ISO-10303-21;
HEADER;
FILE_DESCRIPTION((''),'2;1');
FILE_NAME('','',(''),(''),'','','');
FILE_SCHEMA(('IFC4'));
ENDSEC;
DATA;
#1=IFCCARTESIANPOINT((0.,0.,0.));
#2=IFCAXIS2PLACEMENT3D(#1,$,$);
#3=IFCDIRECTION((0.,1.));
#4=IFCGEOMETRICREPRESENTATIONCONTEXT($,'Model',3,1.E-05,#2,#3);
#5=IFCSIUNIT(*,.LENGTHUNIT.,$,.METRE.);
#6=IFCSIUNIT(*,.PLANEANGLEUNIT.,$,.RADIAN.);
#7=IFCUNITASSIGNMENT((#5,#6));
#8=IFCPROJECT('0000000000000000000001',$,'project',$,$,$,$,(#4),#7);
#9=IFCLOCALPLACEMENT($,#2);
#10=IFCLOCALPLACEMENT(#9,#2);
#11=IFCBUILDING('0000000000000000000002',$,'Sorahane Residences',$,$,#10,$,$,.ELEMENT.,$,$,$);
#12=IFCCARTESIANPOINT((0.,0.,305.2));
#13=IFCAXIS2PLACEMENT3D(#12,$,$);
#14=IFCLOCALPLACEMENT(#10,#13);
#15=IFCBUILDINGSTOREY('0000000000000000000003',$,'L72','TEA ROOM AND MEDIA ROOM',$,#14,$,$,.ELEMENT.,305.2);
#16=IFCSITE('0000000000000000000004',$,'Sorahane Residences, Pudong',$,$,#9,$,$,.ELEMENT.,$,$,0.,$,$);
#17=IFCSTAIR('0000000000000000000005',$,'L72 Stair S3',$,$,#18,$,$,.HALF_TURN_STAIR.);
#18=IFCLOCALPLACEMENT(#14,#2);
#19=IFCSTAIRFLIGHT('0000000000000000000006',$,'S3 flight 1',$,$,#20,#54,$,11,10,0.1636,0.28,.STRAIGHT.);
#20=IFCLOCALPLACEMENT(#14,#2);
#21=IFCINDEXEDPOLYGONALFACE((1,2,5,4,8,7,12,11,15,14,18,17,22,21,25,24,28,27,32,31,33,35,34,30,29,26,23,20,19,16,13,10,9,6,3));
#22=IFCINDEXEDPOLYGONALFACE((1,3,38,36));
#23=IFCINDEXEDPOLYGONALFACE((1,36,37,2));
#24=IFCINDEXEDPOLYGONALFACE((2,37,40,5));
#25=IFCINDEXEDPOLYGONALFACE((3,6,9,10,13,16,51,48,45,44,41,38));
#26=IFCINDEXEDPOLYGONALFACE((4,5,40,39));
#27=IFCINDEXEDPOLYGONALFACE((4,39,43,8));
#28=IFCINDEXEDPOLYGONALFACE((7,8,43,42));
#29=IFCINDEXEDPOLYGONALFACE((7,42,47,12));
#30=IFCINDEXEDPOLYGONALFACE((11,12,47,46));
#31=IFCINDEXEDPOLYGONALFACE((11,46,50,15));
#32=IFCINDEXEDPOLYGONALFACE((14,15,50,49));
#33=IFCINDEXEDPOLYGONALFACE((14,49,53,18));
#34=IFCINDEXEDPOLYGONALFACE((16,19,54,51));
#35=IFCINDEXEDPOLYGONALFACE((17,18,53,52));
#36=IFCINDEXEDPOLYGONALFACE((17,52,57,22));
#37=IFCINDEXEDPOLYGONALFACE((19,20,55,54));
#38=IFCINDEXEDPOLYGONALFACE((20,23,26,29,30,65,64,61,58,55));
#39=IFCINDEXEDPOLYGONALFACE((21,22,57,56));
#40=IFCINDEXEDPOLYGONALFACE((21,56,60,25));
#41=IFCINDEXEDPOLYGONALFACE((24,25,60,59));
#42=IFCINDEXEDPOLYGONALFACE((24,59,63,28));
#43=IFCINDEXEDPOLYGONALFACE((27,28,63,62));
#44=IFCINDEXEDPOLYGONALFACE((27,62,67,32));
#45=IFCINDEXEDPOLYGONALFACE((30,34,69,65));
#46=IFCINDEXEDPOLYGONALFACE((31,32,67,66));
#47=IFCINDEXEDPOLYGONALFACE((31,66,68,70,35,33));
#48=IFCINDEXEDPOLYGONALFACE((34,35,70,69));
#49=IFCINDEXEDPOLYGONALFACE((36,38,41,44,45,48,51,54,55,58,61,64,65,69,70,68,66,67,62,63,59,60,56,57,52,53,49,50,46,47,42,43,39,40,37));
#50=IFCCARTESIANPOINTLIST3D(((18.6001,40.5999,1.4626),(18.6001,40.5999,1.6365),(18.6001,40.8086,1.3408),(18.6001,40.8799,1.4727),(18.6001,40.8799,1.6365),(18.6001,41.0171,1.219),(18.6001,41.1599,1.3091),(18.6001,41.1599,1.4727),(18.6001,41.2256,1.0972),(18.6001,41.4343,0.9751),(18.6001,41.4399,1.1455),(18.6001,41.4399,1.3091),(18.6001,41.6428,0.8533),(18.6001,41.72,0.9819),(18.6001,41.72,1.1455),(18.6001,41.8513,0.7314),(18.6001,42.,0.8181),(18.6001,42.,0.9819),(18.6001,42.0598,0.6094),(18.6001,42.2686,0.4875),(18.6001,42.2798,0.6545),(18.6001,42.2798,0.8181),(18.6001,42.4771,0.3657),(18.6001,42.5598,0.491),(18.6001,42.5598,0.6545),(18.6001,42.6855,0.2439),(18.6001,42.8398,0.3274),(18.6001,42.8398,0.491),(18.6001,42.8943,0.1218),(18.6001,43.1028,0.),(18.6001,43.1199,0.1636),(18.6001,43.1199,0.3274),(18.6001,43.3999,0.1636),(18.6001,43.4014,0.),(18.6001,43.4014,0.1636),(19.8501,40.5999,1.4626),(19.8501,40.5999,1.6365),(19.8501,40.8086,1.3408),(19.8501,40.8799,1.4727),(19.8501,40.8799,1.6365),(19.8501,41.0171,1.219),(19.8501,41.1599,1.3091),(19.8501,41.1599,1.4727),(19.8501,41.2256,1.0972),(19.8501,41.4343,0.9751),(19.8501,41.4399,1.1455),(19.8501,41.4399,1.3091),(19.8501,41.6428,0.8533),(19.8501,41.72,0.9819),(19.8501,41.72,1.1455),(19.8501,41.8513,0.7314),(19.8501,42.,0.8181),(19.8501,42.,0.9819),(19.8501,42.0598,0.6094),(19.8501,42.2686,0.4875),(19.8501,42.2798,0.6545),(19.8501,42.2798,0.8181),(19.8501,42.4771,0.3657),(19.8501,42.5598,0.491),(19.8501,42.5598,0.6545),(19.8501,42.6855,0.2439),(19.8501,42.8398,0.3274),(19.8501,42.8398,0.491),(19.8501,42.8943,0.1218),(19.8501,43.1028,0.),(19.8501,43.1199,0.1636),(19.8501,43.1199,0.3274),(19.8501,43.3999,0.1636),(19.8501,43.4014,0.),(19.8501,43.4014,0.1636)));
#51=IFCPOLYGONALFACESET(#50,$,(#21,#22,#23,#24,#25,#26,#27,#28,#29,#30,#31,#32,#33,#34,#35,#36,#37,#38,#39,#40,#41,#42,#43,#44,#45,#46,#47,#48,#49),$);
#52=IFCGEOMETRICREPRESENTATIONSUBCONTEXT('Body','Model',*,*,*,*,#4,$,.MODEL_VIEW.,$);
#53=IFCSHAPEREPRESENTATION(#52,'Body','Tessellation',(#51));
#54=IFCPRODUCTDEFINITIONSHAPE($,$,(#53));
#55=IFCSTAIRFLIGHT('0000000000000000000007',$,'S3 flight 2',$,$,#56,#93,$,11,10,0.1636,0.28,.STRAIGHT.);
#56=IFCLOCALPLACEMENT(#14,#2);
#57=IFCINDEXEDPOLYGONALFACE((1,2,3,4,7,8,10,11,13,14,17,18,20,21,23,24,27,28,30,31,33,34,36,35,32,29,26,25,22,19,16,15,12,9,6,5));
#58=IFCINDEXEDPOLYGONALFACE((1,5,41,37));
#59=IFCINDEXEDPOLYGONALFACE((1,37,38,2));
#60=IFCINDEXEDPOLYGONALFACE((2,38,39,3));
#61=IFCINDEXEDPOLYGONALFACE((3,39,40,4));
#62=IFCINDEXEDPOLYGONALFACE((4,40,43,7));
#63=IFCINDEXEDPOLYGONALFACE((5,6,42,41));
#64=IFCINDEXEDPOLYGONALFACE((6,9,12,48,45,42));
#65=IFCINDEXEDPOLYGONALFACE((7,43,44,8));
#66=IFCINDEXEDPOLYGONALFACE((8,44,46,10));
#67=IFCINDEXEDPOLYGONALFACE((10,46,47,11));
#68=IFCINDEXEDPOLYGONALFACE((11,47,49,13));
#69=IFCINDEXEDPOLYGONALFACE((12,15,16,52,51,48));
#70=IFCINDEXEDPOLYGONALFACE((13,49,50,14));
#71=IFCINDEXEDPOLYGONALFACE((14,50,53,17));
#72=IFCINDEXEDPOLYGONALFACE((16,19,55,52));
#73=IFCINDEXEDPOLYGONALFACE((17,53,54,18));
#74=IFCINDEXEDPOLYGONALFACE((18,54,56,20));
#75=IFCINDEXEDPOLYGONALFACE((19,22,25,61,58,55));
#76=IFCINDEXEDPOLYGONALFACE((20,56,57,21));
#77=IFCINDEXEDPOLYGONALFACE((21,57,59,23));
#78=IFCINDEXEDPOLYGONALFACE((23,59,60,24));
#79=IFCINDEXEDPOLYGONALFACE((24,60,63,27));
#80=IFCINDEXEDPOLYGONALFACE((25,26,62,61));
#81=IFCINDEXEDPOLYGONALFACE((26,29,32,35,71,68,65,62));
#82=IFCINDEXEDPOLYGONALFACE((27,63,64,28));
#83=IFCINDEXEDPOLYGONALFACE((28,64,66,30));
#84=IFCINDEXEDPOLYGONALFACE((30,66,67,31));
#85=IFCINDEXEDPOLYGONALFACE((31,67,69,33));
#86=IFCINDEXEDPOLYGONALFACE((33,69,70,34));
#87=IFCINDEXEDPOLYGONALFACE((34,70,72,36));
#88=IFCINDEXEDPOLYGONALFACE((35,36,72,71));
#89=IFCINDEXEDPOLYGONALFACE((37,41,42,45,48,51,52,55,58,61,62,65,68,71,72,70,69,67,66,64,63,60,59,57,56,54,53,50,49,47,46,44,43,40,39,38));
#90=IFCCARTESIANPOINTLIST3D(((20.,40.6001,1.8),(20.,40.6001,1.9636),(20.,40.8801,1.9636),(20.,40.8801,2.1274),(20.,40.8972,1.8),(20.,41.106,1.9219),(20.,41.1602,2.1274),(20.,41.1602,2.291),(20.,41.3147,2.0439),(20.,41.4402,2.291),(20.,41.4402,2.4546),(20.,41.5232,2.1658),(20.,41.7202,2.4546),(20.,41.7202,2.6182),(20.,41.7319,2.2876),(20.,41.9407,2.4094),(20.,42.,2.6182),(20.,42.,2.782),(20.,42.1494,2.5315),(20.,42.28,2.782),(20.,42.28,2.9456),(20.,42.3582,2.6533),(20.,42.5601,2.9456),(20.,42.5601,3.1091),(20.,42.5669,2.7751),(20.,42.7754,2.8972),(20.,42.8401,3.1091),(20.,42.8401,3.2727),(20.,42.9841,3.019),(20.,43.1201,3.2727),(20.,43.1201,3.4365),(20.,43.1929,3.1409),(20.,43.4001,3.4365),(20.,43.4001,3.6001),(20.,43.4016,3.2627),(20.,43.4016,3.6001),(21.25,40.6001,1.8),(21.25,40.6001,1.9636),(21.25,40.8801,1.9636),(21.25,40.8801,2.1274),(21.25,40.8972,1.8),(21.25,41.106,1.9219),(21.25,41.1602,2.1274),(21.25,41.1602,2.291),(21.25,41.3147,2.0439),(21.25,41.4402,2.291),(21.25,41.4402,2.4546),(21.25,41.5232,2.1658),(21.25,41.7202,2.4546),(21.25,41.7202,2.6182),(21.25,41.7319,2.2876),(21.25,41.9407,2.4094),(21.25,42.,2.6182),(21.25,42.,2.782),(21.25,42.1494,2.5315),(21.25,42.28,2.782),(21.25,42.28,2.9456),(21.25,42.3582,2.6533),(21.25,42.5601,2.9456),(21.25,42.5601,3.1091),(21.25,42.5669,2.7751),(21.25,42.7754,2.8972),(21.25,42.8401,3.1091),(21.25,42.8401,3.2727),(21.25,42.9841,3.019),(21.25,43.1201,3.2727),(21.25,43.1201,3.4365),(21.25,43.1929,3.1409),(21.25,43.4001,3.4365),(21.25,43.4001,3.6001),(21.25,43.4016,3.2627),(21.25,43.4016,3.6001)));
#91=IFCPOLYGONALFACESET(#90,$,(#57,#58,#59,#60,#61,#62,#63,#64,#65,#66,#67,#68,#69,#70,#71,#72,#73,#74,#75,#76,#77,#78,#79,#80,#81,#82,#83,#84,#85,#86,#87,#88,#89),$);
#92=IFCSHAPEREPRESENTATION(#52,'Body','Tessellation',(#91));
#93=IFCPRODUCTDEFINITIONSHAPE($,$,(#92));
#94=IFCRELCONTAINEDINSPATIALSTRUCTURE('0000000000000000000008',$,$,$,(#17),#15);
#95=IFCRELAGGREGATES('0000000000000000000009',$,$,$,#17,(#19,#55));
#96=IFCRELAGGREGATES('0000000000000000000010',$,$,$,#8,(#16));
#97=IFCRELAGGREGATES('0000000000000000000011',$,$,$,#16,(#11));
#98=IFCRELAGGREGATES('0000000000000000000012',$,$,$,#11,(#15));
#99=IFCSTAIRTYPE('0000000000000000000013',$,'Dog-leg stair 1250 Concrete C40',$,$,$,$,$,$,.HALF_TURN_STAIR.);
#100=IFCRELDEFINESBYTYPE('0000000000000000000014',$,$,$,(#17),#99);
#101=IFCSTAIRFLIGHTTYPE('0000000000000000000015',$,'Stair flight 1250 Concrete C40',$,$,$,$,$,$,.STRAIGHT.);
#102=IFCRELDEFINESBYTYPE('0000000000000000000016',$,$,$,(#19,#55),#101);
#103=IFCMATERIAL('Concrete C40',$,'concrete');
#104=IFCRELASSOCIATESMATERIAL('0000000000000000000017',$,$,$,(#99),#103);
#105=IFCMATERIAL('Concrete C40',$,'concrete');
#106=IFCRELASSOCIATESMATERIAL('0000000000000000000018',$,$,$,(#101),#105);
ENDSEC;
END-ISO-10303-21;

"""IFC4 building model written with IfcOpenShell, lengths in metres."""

from ifc_helpers import new_model, si_unit, direction, frame, origin, place, context, subcontext, project, spatial, polyline, outline, extrude, material, type_object, element, aggregate, save


model = new_model("IFC4")

# Units and contexts
model_context = context("Model", 3, precision=1e-05, world=origin(), true_north=direction((0.0, 1.0)))
body_context = subcontext(model_context, "Body", "Model", "MODEL_VIEW")
ifc_project = project(units=[si_unit("LENGTHUNIT", "METRE"), si_unit("PLANEANGLEUNIT", "RADIAN")], contexts=[model_context])

# Site, building, storey
site_placement = place(None, origin())
site = spatial("IfcSite", under=ifc_project, at=site_placement, Name="Sorahane Residences, Pudong", CompositionType="ELEMENT", RefElevation=0.0)
building_placement = place(site_placement, origin())
building = spatial("IfcBuilding", under=site, at=building_placement, Name="Sorahane Residences", CompositionType="ELEMENT")
storey_placement = place(building_placement, frame((0.0, 0.0, 305.2)))
storey = spatial("IfcBuildingStorey", under=building, at=storey_placement, Name="L72", Description="TEA ROOM AND MEDIA ROOM", CompositionType="ELEMENT", Elevation=305.2)

# Stair, stair flights
ifc_material_1 = material(Name="Concrete C40", Category="concrete")
stair_type = type_object("IfcStairType", Name="Dog-leg stair 1250 Concrete C40", PredefinedType="HALF_TURN_STAIR", material=ifc_material_1)
stair_placement = place(storey_placement, origin())
stair = element("IfcStair", 1, at=stair_placement, inside=storey, type_object=stair_type, Name="L72 Stair S3", PredefinedType="HALF_TURN_STAIR")
ifc_material_2 = material(Name="Concrete C40", Category="concrete")
stair_flight_type = type_object("IfcStairFlightType", Name="Stair flight 1250 Concrete C40", PredefinedType="STRAIGHT", material=ifc_material_2)
stair_flight_1_placement = place(storey_placement, frame((19.2251, 43.3999, 0.0), z_axis=(0.0, 0.0, 1.0), x_axis=(0.0, -1.0, 0.0)))
stair_flight_1 = element("IfcStairFlight", 2, at=stair_flight_1_placement, type_object=stair_flight_type, Name="S3 flight 1", NumberOfRisers=11, NumberOfTreads=10, PredefinedType="STRAIGHT", RiserHeight=0.1636, TreadLength=0.28, context=body_context, shape_type="SweptSolid", body=[
    extrude(outline(polyline([(-0.0015, 0.0), (-0.0015, 0.1636), (0.0, 0.1636), (0.28, 0.1636), (0.28, 0.3274), (0.5601, 0.3274), (0.5601, 0.491), (0.8401, 0.491), (0.8401, 0.6545), (1.1201, 0.6545), (1.1201, 0.8181), (1.3999, 0.8181), (1.3999, 0.9819), (1.6799, 0.9819), (1.6799, 1.1455), (1.96, 1.1455), (1.96, 1.3091), (2.24, 1.3091), (2.24, 1.4727), (2.52, 1.4727), (2.52, 1.6365), (2.8, 1.6365), (2.8, 1.8), (2.8, 1.4626), (2.5913, 1.3408), (2.3828, 1.219), (2.1743, 1.0972), (1.9656, 0.9751), (1.7571, 0.8533), (1.5486, 0.7314), (1.3401, 0.6094), (1.1313, 0.4875), (0.9229, 0.3657), (0.7144, 0.2439), (0.5056, 0.1218), (0.2971, 0.0), (-0.0015, 0.0)])), frame((0.0, 0.625, 0.0), z_axis=(0.0, -1.0, 0.0), x_axis=(1.0, 0.0, 0.0)), (0.0, 0.0, 1.0), 1.25),
])
stair_flight_2_placement = place(storey_placement, frame((20.625, 40.6001, 1.8), z_axis=(0.0, 0.0, 1.0), x_axis=(0.0, 1.0, 0.0)))
stair_flight_2 = element("IfcStairFlight", 3, at=stair_flight_2_placement, type_object=stair_flight_type, Name="S3 flight 2", NumberOfRisers=11, NumberOfTreads=10, PredefinedType="STRAIGHT", RiserHeight=0.1636, TreadLength=0.28, context=body_context, shape_type="SweptSolid", body=[
    extrude(outline(polyline([(0.0, 0.0), (0.0, 0.1636), (0.28, 0.1636), (0.28, 0.3274), (0.5601, 0.3274), (0.5601, 0.491), (0.8401, 0.491), (0.8401, 0.6545), (1.1201, 0.6545), (1.1201, 0.8181), (1.3999, 0.8181), (1.3999, 0.9819), (1.6799, 0.9819), (1.6799, 1.1455), (1.96, 1.1455), (1.96, 1.3091), (2.24, 1.3091), (2.24, 1.4727), (2.52, 1.4727), (2.52, 1.6365), (2.8, 1.6365), (2.8, 1.8), (2.8015, 1.8), (2.8015, 1.4626), (2.5928, 1.3408), (2.384, 1.219), (2.1753, 1.0972), (1.9668, 0.9751), (1.7581, 0.8533), (1.5493, 0.7314), (1.3406, 0.6094), (1.1318, 0.4875), (0.9231, 0.3657), (0.7146, 0.2439), (0.5059, 0.1218), (0.2971, 0.0), (0.0, 0.0)])), frame((0.0, 0.625, 0.0), z_axis=(0.0, -1.0, 0.0), x_axis=(1.0, 0.0, 0.0)), (0.0, 0.0, 1.0), 1.25),
])
aggregate(stair, [stair_flight_1, stair_flight_2])

save(model, "model.ifc")
